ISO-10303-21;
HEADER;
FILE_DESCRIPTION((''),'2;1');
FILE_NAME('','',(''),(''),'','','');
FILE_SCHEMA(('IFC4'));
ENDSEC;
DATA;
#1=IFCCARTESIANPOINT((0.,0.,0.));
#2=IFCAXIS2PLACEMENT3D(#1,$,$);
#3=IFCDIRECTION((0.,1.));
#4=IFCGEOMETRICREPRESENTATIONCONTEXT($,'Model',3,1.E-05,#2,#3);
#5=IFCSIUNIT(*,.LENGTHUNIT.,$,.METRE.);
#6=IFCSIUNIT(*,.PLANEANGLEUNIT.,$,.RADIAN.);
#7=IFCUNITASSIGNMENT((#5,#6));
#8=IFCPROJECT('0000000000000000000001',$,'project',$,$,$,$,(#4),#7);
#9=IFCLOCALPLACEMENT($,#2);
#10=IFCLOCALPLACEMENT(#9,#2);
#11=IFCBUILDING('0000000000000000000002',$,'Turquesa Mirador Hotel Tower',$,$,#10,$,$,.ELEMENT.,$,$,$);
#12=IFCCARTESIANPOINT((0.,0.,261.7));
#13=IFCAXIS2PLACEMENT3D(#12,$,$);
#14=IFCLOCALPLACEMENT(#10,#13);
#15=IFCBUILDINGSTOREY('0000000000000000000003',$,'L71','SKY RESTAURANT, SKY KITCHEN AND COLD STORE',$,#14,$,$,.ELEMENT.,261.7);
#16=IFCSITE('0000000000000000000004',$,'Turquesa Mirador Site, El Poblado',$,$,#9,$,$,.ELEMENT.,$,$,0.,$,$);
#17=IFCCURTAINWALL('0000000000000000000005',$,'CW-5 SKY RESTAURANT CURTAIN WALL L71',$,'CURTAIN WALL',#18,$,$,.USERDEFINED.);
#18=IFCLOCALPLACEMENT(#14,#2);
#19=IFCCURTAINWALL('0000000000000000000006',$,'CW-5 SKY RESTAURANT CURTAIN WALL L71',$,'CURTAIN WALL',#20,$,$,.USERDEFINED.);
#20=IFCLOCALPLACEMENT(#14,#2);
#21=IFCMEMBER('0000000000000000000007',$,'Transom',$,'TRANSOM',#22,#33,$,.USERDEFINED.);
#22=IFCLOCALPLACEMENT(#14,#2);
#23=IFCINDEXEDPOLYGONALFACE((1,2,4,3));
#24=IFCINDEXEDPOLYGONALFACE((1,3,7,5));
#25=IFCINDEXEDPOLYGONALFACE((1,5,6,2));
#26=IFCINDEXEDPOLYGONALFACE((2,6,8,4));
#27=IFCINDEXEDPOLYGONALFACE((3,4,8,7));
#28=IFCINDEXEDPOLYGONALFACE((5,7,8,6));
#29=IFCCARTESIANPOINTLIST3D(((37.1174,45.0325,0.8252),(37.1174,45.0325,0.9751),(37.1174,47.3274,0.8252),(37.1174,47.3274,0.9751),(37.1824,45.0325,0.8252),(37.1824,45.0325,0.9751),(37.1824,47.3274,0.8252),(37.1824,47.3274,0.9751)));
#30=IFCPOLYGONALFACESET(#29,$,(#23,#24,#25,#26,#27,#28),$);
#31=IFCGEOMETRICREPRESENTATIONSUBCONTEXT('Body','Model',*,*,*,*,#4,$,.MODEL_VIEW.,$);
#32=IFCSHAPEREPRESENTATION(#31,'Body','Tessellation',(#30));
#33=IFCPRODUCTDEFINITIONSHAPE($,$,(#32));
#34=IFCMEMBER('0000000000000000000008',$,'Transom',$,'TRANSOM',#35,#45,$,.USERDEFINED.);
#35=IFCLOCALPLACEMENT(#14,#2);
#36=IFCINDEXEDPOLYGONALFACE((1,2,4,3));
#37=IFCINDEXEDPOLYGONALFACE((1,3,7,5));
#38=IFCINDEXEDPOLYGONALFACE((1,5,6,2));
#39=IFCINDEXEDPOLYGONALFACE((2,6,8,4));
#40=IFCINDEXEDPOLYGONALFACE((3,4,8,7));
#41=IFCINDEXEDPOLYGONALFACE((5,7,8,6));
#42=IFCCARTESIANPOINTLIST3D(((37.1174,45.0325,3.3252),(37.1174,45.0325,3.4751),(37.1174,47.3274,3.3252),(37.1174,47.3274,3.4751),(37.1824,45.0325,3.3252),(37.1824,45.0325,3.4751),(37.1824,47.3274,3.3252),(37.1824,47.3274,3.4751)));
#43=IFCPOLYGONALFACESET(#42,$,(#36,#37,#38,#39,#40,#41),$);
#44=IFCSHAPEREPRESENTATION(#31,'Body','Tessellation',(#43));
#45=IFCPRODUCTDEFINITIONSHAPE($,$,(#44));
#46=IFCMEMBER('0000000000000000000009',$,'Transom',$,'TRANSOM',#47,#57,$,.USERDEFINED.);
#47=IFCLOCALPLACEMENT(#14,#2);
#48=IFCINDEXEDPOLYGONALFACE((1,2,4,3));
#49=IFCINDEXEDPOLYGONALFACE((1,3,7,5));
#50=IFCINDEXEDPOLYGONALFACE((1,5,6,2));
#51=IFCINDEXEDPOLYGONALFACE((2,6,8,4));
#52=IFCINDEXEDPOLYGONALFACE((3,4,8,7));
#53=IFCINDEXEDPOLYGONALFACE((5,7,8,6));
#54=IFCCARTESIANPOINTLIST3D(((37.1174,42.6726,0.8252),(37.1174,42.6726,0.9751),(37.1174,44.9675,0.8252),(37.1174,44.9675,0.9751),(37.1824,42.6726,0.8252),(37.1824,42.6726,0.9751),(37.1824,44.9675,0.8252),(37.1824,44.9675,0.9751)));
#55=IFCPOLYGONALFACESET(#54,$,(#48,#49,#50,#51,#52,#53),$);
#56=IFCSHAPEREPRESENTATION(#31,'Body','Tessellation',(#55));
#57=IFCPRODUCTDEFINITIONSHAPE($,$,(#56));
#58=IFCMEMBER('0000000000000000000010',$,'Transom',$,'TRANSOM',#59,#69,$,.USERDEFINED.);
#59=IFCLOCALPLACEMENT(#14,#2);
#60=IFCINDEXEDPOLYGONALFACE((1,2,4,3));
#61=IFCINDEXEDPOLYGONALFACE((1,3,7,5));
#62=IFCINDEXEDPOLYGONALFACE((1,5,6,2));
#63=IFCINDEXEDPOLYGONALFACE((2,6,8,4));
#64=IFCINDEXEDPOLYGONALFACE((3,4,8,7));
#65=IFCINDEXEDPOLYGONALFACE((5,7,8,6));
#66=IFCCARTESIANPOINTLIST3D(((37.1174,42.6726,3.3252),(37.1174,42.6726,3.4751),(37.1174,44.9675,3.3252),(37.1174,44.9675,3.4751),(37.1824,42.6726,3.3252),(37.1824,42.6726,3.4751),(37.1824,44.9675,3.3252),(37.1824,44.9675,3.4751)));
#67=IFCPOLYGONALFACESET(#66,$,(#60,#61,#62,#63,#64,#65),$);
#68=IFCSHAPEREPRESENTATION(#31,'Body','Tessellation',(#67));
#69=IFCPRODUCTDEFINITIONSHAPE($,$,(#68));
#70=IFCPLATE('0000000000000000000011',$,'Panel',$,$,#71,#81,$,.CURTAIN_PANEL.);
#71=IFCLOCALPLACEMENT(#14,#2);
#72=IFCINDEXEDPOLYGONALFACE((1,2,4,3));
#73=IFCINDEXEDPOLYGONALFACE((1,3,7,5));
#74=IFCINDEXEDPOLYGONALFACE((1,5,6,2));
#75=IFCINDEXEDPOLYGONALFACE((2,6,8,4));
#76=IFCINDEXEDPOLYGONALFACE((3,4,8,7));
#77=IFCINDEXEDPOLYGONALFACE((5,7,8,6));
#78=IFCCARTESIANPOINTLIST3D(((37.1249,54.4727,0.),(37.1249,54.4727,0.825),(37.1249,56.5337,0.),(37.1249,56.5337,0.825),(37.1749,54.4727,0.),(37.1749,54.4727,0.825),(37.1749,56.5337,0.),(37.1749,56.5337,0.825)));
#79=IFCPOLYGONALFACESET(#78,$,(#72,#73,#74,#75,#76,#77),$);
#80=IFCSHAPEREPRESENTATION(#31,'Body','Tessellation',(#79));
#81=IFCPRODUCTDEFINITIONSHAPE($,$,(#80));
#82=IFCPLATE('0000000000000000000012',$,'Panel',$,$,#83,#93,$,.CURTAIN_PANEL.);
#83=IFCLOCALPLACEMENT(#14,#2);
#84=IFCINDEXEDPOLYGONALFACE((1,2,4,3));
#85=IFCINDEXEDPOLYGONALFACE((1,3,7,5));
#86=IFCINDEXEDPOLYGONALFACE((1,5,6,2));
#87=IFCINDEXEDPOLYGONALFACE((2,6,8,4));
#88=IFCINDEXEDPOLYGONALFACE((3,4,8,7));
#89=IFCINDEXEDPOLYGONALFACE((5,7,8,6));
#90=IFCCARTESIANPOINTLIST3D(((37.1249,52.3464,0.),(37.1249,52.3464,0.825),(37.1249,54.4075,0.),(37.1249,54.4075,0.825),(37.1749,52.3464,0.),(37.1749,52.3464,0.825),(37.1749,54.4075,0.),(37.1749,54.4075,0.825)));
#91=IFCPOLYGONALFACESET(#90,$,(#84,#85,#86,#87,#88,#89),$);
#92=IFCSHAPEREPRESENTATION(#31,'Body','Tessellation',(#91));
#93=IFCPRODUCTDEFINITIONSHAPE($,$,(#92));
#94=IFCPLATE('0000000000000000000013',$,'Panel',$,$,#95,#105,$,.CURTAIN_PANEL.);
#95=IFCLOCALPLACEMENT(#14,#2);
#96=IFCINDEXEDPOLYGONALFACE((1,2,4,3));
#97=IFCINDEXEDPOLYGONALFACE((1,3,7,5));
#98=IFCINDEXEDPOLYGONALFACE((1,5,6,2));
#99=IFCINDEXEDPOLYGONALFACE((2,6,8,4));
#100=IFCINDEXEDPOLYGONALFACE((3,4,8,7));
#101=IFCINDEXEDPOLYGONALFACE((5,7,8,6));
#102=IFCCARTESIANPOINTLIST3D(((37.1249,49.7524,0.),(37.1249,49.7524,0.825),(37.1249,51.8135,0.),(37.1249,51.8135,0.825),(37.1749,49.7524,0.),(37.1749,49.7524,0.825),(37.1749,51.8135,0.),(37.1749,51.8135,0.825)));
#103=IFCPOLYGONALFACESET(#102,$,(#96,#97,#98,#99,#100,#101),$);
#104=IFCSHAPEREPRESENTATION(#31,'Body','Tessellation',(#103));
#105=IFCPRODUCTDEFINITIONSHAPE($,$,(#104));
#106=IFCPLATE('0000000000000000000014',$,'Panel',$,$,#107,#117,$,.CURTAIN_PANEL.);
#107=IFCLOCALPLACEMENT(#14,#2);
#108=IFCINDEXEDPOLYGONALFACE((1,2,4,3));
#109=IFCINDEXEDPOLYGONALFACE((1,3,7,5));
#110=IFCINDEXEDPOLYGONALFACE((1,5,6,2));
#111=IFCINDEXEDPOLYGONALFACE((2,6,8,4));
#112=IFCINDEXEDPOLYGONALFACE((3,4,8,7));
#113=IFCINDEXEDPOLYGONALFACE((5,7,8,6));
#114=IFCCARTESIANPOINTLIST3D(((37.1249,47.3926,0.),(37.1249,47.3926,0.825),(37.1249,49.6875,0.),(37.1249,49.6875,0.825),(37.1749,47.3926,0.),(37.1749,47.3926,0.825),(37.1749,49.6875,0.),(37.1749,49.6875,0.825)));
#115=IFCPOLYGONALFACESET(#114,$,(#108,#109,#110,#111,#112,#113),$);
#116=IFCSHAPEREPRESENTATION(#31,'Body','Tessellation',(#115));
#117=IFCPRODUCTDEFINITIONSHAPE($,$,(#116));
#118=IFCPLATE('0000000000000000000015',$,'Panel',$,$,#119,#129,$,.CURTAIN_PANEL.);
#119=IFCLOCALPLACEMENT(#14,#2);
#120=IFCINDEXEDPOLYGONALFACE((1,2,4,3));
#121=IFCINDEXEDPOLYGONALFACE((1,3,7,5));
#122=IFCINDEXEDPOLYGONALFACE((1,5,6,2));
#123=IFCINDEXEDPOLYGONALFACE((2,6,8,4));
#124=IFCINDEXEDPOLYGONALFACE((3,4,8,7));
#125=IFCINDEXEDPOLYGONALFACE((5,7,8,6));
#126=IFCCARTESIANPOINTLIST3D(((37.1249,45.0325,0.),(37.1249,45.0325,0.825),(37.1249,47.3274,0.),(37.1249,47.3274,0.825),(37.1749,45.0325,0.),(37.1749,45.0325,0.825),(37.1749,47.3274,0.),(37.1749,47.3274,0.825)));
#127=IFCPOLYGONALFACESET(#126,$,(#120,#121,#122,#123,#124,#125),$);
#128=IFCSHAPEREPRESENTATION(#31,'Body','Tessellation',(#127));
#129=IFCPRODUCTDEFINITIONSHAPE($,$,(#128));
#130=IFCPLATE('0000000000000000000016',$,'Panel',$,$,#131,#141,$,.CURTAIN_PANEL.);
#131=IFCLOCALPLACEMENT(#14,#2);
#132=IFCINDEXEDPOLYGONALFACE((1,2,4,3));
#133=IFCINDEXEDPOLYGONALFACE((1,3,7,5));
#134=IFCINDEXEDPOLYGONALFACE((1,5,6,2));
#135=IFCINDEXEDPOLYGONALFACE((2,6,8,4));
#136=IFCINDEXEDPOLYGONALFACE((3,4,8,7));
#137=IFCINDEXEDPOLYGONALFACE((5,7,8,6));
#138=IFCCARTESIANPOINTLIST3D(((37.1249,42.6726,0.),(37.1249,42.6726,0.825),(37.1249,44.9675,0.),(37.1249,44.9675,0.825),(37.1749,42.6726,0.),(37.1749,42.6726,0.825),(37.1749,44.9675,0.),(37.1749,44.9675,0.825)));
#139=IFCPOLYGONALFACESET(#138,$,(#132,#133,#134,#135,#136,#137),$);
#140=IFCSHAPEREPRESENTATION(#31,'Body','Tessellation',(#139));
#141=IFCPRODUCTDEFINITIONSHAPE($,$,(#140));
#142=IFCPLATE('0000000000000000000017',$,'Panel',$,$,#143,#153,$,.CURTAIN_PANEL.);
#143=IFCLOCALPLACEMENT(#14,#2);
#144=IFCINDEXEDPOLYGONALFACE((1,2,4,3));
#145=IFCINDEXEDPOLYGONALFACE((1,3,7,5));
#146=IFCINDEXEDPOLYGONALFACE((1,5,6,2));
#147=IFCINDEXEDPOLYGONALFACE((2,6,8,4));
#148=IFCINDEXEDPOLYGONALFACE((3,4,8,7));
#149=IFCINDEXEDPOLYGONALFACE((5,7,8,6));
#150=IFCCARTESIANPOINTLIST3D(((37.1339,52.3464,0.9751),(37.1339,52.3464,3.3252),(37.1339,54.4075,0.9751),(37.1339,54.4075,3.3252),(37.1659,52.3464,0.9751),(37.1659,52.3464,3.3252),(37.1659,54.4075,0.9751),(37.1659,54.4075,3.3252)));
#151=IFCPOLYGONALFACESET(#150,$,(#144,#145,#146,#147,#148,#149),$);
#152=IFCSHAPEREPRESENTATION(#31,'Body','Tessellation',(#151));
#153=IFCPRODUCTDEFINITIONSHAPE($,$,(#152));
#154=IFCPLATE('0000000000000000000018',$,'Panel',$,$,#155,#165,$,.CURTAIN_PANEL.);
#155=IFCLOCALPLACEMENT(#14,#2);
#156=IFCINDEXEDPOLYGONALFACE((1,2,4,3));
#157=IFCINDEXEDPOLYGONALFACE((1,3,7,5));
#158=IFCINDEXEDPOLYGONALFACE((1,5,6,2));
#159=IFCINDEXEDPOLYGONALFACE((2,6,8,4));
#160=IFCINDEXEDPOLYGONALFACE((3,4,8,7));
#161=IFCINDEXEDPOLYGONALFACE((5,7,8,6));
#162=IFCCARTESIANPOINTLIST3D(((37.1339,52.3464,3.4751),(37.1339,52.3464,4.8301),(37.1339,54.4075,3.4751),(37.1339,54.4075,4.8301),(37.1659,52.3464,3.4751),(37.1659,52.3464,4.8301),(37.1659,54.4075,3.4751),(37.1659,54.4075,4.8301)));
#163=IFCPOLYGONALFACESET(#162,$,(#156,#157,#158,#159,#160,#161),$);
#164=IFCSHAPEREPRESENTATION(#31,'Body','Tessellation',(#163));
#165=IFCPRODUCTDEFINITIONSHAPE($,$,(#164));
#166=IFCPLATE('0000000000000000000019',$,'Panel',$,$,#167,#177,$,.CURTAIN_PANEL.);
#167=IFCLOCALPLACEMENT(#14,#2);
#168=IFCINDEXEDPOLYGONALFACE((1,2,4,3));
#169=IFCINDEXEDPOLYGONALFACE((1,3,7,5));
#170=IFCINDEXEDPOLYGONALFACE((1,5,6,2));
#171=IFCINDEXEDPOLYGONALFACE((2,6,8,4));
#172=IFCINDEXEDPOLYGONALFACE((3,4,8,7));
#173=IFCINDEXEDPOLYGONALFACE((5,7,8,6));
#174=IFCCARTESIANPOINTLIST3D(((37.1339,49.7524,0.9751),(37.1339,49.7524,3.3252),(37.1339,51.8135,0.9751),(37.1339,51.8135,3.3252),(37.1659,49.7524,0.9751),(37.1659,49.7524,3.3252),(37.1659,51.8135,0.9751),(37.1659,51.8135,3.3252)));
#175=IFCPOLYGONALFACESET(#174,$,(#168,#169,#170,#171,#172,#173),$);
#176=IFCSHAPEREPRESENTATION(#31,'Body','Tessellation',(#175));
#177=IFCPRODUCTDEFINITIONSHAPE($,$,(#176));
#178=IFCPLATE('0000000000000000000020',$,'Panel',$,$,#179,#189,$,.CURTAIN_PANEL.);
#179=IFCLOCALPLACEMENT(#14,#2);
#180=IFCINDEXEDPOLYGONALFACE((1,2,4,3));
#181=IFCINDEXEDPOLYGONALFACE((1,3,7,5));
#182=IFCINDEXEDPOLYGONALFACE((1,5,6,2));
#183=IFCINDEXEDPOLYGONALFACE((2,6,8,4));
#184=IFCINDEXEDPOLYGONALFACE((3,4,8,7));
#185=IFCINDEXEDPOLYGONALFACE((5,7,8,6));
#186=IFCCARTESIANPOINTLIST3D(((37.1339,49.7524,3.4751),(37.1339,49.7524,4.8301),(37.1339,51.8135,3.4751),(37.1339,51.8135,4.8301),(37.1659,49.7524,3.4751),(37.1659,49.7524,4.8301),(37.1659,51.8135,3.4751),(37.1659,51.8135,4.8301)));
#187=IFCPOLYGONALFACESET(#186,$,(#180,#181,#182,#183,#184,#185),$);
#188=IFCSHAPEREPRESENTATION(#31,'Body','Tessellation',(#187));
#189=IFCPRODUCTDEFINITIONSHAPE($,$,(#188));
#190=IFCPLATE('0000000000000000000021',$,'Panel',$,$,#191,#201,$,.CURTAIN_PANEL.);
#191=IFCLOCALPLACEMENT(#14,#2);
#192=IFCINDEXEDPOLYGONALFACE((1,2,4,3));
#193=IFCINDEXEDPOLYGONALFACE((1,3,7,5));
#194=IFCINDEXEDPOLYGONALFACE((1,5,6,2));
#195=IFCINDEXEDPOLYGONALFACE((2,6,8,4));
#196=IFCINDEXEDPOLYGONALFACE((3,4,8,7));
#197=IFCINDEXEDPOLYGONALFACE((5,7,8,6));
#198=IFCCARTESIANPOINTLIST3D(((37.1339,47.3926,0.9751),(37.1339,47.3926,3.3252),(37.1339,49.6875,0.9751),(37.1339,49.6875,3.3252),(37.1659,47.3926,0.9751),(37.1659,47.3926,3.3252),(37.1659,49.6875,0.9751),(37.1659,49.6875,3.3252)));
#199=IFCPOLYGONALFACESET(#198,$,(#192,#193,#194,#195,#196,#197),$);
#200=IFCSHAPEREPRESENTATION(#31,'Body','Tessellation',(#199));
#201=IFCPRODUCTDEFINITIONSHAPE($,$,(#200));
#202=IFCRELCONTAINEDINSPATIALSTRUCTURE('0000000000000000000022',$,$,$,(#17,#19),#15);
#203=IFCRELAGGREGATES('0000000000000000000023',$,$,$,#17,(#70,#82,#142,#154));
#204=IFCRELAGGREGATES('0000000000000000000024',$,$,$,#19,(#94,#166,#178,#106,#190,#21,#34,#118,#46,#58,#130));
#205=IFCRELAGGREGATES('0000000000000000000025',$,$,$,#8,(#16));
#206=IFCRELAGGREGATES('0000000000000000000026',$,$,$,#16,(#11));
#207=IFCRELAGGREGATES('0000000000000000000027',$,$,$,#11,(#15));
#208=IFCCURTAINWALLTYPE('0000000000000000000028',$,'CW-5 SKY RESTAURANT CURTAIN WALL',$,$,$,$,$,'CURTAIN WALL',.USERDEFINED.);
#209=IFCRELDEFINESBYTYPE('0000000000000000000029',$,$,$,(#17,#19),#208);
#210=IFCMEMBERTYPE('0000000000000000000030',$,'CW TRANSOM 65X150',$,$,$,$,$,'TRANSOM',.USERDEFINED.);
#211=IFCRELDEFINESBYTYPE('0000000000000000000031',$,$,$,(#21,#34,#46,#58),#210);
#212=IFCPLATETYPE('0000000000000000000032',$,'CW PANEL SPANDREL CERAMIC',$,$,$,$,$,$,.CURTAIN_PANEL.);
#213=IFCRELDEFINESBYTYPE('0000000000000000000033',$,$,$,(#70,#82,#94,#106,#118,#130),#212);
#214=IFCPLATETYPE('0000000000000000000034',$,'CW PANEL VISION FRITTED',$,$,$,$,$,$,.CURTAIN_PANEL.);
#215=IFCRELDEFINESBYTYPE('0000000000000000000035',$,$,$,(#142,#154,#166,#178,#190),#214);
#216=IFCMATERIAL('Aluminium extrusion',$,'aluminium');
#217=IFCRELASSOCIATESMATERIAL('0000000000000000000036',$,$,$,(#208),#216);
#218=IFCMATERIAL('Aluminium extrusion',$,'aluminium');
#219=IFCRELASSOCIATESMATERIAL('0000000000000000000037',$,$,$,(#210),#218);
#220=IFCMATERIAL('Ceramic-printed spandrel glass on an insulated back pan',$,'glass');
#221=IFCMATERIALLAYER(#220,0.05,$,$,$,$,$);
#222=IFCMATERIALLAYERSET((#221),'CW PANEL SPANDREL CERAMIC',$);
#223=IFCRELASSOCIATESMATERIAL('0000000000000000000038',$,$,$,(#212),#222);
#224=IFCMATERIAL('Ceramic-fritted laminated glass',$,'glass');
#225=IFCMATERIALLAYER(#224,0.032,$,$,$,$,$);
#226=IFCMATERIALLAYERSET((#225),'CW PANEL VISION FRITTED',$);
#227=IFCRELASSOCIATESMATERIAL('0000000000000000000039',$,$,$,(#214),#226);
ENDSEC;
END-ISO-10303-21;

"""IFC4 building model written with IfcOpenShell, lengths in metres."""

from ifc_helpers import new_model, si_unit, direction, frame, origin, origin_2d, place, context, subcontext, project, spatial, rectangle, extrude, material, layer, layer_set, material_profile, profile_set, type_object, element, aggregate, save


model = new_model("IFC4")

# Units and contexts
model_context = context("Model", 3, precision=1e-05, world=origin(), true_north=direction((0.0, 1.0)))
body_context = subcontext(model_context, "Body", "Model", "MODEL_VIEW")
ifc_project = project(units=[si_unit("LENGTHUNIT", "METRE"), si_unit("PLANEANGLEUNIT", "RADIAN")], contexts=[model_context])

# Site, building, storey
site_placement = place(None, origin())
site = spatial("IfcSite", under=ifc_project, at=site_placement, Name="Turquesa Mirador Site, El Poblado", CompositionType="ELEMENT", RefElevation=0.0)
building_placement = place(site_placement, origin())
building = spatial("IfcBuilding", under=site, at=building_placement, Name="Turquesa Mirador Hotel Tower", CompositionType="ELEMENT")
storey_placement = place(building_placement, frame((0.0, 0.0, 261.7)))
storey = spatial("IfcBuildingStorey", under=building, at=storey_placement, Name="L71", Description="SKY RESTAURANT, SKY KITCHEN AND COLD STORE", CompositionType="ELEMENT", Elevation=261.7)

# Curtain walls
ifc_material_1 = material(Name="Aluminium extrusion", Category="aluminium")
curtain_wall_type = type_object("IfcCurtainWallType", Name="CW-5 SKY RESTAURANT CURTAIN WALL", ElementType="CURTAIN WALL", PredefinedType="USERDEFINED", material=ifc_material_1)
curtain_wall_1_placement = place(storey_placement, origin())
curtain_wall_1 = element("IfcCurtainWall", 1, at=curtain_wall_1_placement, inside=storey, type_object=curtain_wall_type, Name="CW-5 SKY RESTAURANT CURTAIN WALL L71", ObjectType="CURTAIN WALL", PredefinedType="USERDEFINED")
curtain_wall_2_placement = place(storey_placement, origin())
curtain_wall_2 = element("IfcCurtainWall", 2, at=curtain_wall_2_placement, inside=storey, type_object=curtain_wall_type, Name="CW-5 SKY RESTAURANT CURTAIN WALL L71", ObjectType="CURTAIN WALL", PredefinedType="USERDEFINED")

# Members
ifc_material_2 = material(Name="Aluminium extrusion", Category="aluminium")
ifc_material_profile_1 = material_profile(ifc_material_2, rectangle(XDim=0.0649, YDim=0.1499, at=origin_2d()), Name="TRANSOM 65X150")
ifc_profile_set_1 = profile_set([ifc_material_profile_1], Name="Aluminium extrusion")
member_type_1 = type_object("IfcMemberType", Name="CW TRANSOM 65X150", ElementType="TRANSOM", PredefinedType="USERDEFINED", material=ifc_profile_set_1)
member_1_placement = place(storey_placement, frame((37.1499, 47.3274, 0.9001), z_axis=(0.0, -1.0, 0.0), x_axis=(1.0, 0.0, 0.0)))
member_1 = element("IfcMember", 3, at=member_1_placement, type_object=member_type_1, Name="Transom", ObjectType="TRANSOM", PredefinedType="USERDEFINED", context=body_context, shape_type="SweptSolid", body=[
    extrude(rectangle(XDim=0.0649, YDim=0.1499, at=origin_2d()), origin(), (0.0, 0.0, 1.0), 2.2949),
])
member_2_placement = place(storey_placement, frame((37.1499, 47.3274, 3.4001), z_axis=(0.0, -1.0, 0.0), x_axis=(1.0, 0.0, 0.0)))
member_2 = element("IfcMember", 4, at=member_2_placement, type_object=member_type_1, Name="Transom", ObjectType="TRANSOM", PredefinedType="USERDEFINED", context=body_context, shape_type="SweptSolid", body=[
    extrude(rectangle(XDim=0.0649, YDim=0.1499, at=origin_2d()), origin(), (0.0, 0.0, 1.0), 2.2949),
])
member_3_placement = place(storey_placement, frame((37.1499, 44.9675, 0.9001), z_axis=(0.0, -1.0, 0.0), x_axis=(1.0, 0.0, 0.0)))
member_3 = element("IfcMember", 5, at=member_3_placement, type_object=member_type_1, Name="Transom", ObjectType="TRANSOM", PredefinedType="USERDEFINED", context=body_context, shape_type="SweptSolid", body=[
    extrude(rectangle(XDim=0.0649, YDim=0.1499, at=origin_2d()), origin(), (0.0, 0.0, 1.0), 2.2949),
])
member_4_placement = place(storey_placement, frame((37.1499, 44.9675, 3.4001), z_axis=(0.0, -1.0, 0.0), x_axis=(1.0, 0.0, 0.0)))
member_4 = element("IfcMember", 6, at=member_4_placement, type_object=member_type_1, Name="Transom", ObjectType="TRANSOM", PredefinedType="USERDEFINED", context=body_context, shape_type="SweptSolid", body=[
    extrude(rectangle(XDim=0.0649, YDim=0.1499, at=origin_2d()), origin(), (0.0, 0.0, 1.0), 2.2949),
])

# Plates
ifc_material_3 = material(Name="Ceramic-printed spandrel glass on an insulated back pan", Category="glass")
ifc_layer_1 = layer(ifc_material_3, 0.05)
ifc_layer_set_1 = layer_set([ifc_layer_1], Name="CW PANEL SPANDREL CERAMIC")
plate_type_1 = type_object("IfcPlateType", Name="CW PANEL SPANDREL CERAMIC", PredefinedType="CURTAIN_PANEL", material=ifc_layer_set_1)
plate_1_placement = place(storey_placement, frame((37.1499, 55.5032, 0.0), z_axis=(0.0, 0.0, 1.0), x_axis=(0.0, -1.0, 0.0)))
plate_1 = element("IfcPlate", 7, at=plate_1_placement, type_object=plate_type_1, Name="Panel", PredefinedType="CURTAIN_PANEL", context=body_context, shape_type="SweptSolid", body=[
    extrude(rectangle(XDim=2.061, YDim=0.05, at=origin_2d()), origin(), (0.0, 0.0, 1.0), 0.825),
])
plate_2_placement = place(storey_placement, frame((37.1499, 53.377, 0.0), z_axis=(0.0, 0.0, 1.0), x_axis=(0.0, -1.0, 0.0)))
plate_2 = element("IfcPlate", 8, at=plate_2_placement, type_object=plate_type_1, Name="Panel", PredefinedType="CURTAIN_PANEL", context=body_context, shape_type="SweptSolid", body=[
    extrude(rectangle(XDim=2.061, YDim=0.05, at=origin_2d()), origin(), (0.0, 0.0, 1.0), 0.825),
])
plate_3_placement = place(storey_placement, frame((37.1499, 50.783, 0.0), z_axis=(0.0, 0.0, 1.0), x_axis=(0.0, -1.0, 0.0)))
plate_3 = element("IfcPlate", 9, at=plate_3_placement, type_object=plate_type_1, Name="Panel", PredefinedType="CURTAIN_PANEL", context=body_context, shape_type="SweptSolid", body=[
    extrude(rectangle(XDim=2.061, YDim=0.05, at=origin_2d()), origin(), (0.0, 0.0, 1.0), 0.825),
])
plate_4_placement = place(storey_placement, frame((37.1499, 48.54, 0.0), z_axis=(0.0, 0.0, 1.0), x_axis=(0.0, -1.0, 0.0)))
plate_4 = element("IfcPlate", 10, at=plate_4_placement, type_object=plate_type_1, Name="Panel", PredefinedType="CURTAIN_PANEL", context=body_context, shape_type="SweptSolid", body=[
    extrude(rectangle(XDim=2.2949, YDim=0.05, at=origin_2d()), origin(), (0.0, 0.0, 1.0), 0.825),
])
plate_5_placement = place(storey_placement, frame((37.1499, 46.1799, 0.0), z_axis=(0.0, 0.0, 1.0), x_axis=(0.0, -1.0, 0.0)))
plate_5 = element("IfcPlate", 11, at=plate_5_placement, type_object=plate_type_1, Name="Panel", PredefinedType="CURTAIN_PANEL", context=body_context, shape_type="SweptSolid", body=[
    extrude(rectangle(XDim=2.2949, YDim=0.05, at=origin_2d()), origin(), (0.0, 0.0, 1.0), 0.825),
])
plate_6_placement = place(storey_placement, frame((37.1499, 43.8201, 0.0), z_axis=(0.0, 0.0, 1.0), x_axis=(0.0, -1.0, 0.0)))
plate_6 = element("IfcPlate", 12, at=plate_6_placement, type_object=plate_type_1, Name="Panel", PredefinedType="CURTAIN_PANEL", context=body_context, shape_type="SweptSolid", body=[
    extrude(rectangle(XDim=2.2949, YDim=0.05, at=origin_2d()), origin(), (0.0, 0.0, 1.0), 0.825),
])
ifc_material_4 = material(Name="Ceramic-fritted laminated glass", Category="glass")
ifc_layer_2 = layer(ifc_material_4, 0.032)
ifc_layer_set_2 = layer_set([ifc_layer_2], Name="CW PANEL VISION FRITTED")
plate_type_2 = type_object("IfcPlateType", Name="CW PANEL VISION FRITTED", PredefinedType="CURTAIN_PANEL", material=ifc_layer_set_2)
plate_7_placement = place(storey_placement, frame((37.1499, 53.377, 0.9751), z_axis=(0.0, 0.0, 1.0), x_axis=(0.0, -1.0, 0.0)))
plate_7 = element("IfcPlate", 13, at=plate_7_placement, type_object=plate_type_2, Name="Panel", PredefinedType="CURTAIN_PANEL", context=body_context, shape_type="SweptSolid", body=[
    extrude(rectangle(XDim=2.061, YDim=0.032, at=origin_2d()), origin(), (0.0, 0.0, 1.0), 2.3501),
])
plate_8_placement = place(storey_placement, frame((37.1499, 53.377, 3.4751), z_axis=(0.0, 0.0, 1.0), x_axis=(0.0, -1.0, 0.0)))
plate_8 = element("IfcPlate", 14, at=plate_8_placement, type_object=plate_type_2, Name="Panel", PredefinedType="CURTAIN_PANEL", context=body_context, shape_type="SweptSolid", body=[
    extrude(rectangle(XDim=2.061, YDim=0.032, at=origin_2d()), origin(), (0.0, 0.0, 1.0), 1.355),
])
aggregate(curtain_wall_1, [plate_1, plate_2, plate_7, plate_8])
plate_9_placement = place(storey_placement, frame((37.1499, 50.783, 0.9751), z_axis=(0.0, 0.0, 1.0), x_axis=(0.0, -1.0, 0.0)))
plate_9 = element("IfcPlate", 15, at=plate_9_placement, type_object=plate_type_2, Name="Panel", PredefinedType="CURTAIN_PANEL", context=body_context, shape_type="SweptSolid", body=[
    extrude(rectangle(XDim=2.061, YDim=0.032, at=origin_2d()), origin(), (0.0, 0.0, 1.0), 2.3501),
])
plate_10_placement = place(storey_placement, frame((37.1499, 50.783, 3.4751), z_axis=(0.0, 0.0, 1.0), x_axis=(0.0, -1.0, 0.0)))
plate_10 = element("IfcPlate", 16, at=plate_10_placement, type_object=plate_type_2, Name="Panel", PredefinedType="CURTAIN_PANEL", context=body_context, shape_type="SweptSolid", body=[
    extrude(rectangle(XDim=2.061, YDim=0.032, at=origin_2d()), origin(), (0.0, 0.0, 1.0), 1.355),
])
plate_11_placement = place(storey_placement, frame((37.1499, 48.54, 0.9751), z_axis=(0.0, 0.0, 1.0), x_axis=(0.0, -1.0, 0.0)))
plate_11 = element("IfcPlate", 17, at=plate_11_placement, type_object=plate_type_2, Name="Panel", PredefinedType="CURTAIN_PANEL", context=body_context, shape_type="SweptSolid", body=[
    extrude(rectangle(XDim=2.2949, YDim=0.032, at=origin_2d()), origin(), (0.0, 0.0, 1.0), 2.3501),
])
aggregate(curtain_wall_2, [plate_3, plate_9, plate_10, plate_4, plate_11, member_1, member_2, plate_5, member_3, member_4, plate_6])

save(model, "model.ifc")
